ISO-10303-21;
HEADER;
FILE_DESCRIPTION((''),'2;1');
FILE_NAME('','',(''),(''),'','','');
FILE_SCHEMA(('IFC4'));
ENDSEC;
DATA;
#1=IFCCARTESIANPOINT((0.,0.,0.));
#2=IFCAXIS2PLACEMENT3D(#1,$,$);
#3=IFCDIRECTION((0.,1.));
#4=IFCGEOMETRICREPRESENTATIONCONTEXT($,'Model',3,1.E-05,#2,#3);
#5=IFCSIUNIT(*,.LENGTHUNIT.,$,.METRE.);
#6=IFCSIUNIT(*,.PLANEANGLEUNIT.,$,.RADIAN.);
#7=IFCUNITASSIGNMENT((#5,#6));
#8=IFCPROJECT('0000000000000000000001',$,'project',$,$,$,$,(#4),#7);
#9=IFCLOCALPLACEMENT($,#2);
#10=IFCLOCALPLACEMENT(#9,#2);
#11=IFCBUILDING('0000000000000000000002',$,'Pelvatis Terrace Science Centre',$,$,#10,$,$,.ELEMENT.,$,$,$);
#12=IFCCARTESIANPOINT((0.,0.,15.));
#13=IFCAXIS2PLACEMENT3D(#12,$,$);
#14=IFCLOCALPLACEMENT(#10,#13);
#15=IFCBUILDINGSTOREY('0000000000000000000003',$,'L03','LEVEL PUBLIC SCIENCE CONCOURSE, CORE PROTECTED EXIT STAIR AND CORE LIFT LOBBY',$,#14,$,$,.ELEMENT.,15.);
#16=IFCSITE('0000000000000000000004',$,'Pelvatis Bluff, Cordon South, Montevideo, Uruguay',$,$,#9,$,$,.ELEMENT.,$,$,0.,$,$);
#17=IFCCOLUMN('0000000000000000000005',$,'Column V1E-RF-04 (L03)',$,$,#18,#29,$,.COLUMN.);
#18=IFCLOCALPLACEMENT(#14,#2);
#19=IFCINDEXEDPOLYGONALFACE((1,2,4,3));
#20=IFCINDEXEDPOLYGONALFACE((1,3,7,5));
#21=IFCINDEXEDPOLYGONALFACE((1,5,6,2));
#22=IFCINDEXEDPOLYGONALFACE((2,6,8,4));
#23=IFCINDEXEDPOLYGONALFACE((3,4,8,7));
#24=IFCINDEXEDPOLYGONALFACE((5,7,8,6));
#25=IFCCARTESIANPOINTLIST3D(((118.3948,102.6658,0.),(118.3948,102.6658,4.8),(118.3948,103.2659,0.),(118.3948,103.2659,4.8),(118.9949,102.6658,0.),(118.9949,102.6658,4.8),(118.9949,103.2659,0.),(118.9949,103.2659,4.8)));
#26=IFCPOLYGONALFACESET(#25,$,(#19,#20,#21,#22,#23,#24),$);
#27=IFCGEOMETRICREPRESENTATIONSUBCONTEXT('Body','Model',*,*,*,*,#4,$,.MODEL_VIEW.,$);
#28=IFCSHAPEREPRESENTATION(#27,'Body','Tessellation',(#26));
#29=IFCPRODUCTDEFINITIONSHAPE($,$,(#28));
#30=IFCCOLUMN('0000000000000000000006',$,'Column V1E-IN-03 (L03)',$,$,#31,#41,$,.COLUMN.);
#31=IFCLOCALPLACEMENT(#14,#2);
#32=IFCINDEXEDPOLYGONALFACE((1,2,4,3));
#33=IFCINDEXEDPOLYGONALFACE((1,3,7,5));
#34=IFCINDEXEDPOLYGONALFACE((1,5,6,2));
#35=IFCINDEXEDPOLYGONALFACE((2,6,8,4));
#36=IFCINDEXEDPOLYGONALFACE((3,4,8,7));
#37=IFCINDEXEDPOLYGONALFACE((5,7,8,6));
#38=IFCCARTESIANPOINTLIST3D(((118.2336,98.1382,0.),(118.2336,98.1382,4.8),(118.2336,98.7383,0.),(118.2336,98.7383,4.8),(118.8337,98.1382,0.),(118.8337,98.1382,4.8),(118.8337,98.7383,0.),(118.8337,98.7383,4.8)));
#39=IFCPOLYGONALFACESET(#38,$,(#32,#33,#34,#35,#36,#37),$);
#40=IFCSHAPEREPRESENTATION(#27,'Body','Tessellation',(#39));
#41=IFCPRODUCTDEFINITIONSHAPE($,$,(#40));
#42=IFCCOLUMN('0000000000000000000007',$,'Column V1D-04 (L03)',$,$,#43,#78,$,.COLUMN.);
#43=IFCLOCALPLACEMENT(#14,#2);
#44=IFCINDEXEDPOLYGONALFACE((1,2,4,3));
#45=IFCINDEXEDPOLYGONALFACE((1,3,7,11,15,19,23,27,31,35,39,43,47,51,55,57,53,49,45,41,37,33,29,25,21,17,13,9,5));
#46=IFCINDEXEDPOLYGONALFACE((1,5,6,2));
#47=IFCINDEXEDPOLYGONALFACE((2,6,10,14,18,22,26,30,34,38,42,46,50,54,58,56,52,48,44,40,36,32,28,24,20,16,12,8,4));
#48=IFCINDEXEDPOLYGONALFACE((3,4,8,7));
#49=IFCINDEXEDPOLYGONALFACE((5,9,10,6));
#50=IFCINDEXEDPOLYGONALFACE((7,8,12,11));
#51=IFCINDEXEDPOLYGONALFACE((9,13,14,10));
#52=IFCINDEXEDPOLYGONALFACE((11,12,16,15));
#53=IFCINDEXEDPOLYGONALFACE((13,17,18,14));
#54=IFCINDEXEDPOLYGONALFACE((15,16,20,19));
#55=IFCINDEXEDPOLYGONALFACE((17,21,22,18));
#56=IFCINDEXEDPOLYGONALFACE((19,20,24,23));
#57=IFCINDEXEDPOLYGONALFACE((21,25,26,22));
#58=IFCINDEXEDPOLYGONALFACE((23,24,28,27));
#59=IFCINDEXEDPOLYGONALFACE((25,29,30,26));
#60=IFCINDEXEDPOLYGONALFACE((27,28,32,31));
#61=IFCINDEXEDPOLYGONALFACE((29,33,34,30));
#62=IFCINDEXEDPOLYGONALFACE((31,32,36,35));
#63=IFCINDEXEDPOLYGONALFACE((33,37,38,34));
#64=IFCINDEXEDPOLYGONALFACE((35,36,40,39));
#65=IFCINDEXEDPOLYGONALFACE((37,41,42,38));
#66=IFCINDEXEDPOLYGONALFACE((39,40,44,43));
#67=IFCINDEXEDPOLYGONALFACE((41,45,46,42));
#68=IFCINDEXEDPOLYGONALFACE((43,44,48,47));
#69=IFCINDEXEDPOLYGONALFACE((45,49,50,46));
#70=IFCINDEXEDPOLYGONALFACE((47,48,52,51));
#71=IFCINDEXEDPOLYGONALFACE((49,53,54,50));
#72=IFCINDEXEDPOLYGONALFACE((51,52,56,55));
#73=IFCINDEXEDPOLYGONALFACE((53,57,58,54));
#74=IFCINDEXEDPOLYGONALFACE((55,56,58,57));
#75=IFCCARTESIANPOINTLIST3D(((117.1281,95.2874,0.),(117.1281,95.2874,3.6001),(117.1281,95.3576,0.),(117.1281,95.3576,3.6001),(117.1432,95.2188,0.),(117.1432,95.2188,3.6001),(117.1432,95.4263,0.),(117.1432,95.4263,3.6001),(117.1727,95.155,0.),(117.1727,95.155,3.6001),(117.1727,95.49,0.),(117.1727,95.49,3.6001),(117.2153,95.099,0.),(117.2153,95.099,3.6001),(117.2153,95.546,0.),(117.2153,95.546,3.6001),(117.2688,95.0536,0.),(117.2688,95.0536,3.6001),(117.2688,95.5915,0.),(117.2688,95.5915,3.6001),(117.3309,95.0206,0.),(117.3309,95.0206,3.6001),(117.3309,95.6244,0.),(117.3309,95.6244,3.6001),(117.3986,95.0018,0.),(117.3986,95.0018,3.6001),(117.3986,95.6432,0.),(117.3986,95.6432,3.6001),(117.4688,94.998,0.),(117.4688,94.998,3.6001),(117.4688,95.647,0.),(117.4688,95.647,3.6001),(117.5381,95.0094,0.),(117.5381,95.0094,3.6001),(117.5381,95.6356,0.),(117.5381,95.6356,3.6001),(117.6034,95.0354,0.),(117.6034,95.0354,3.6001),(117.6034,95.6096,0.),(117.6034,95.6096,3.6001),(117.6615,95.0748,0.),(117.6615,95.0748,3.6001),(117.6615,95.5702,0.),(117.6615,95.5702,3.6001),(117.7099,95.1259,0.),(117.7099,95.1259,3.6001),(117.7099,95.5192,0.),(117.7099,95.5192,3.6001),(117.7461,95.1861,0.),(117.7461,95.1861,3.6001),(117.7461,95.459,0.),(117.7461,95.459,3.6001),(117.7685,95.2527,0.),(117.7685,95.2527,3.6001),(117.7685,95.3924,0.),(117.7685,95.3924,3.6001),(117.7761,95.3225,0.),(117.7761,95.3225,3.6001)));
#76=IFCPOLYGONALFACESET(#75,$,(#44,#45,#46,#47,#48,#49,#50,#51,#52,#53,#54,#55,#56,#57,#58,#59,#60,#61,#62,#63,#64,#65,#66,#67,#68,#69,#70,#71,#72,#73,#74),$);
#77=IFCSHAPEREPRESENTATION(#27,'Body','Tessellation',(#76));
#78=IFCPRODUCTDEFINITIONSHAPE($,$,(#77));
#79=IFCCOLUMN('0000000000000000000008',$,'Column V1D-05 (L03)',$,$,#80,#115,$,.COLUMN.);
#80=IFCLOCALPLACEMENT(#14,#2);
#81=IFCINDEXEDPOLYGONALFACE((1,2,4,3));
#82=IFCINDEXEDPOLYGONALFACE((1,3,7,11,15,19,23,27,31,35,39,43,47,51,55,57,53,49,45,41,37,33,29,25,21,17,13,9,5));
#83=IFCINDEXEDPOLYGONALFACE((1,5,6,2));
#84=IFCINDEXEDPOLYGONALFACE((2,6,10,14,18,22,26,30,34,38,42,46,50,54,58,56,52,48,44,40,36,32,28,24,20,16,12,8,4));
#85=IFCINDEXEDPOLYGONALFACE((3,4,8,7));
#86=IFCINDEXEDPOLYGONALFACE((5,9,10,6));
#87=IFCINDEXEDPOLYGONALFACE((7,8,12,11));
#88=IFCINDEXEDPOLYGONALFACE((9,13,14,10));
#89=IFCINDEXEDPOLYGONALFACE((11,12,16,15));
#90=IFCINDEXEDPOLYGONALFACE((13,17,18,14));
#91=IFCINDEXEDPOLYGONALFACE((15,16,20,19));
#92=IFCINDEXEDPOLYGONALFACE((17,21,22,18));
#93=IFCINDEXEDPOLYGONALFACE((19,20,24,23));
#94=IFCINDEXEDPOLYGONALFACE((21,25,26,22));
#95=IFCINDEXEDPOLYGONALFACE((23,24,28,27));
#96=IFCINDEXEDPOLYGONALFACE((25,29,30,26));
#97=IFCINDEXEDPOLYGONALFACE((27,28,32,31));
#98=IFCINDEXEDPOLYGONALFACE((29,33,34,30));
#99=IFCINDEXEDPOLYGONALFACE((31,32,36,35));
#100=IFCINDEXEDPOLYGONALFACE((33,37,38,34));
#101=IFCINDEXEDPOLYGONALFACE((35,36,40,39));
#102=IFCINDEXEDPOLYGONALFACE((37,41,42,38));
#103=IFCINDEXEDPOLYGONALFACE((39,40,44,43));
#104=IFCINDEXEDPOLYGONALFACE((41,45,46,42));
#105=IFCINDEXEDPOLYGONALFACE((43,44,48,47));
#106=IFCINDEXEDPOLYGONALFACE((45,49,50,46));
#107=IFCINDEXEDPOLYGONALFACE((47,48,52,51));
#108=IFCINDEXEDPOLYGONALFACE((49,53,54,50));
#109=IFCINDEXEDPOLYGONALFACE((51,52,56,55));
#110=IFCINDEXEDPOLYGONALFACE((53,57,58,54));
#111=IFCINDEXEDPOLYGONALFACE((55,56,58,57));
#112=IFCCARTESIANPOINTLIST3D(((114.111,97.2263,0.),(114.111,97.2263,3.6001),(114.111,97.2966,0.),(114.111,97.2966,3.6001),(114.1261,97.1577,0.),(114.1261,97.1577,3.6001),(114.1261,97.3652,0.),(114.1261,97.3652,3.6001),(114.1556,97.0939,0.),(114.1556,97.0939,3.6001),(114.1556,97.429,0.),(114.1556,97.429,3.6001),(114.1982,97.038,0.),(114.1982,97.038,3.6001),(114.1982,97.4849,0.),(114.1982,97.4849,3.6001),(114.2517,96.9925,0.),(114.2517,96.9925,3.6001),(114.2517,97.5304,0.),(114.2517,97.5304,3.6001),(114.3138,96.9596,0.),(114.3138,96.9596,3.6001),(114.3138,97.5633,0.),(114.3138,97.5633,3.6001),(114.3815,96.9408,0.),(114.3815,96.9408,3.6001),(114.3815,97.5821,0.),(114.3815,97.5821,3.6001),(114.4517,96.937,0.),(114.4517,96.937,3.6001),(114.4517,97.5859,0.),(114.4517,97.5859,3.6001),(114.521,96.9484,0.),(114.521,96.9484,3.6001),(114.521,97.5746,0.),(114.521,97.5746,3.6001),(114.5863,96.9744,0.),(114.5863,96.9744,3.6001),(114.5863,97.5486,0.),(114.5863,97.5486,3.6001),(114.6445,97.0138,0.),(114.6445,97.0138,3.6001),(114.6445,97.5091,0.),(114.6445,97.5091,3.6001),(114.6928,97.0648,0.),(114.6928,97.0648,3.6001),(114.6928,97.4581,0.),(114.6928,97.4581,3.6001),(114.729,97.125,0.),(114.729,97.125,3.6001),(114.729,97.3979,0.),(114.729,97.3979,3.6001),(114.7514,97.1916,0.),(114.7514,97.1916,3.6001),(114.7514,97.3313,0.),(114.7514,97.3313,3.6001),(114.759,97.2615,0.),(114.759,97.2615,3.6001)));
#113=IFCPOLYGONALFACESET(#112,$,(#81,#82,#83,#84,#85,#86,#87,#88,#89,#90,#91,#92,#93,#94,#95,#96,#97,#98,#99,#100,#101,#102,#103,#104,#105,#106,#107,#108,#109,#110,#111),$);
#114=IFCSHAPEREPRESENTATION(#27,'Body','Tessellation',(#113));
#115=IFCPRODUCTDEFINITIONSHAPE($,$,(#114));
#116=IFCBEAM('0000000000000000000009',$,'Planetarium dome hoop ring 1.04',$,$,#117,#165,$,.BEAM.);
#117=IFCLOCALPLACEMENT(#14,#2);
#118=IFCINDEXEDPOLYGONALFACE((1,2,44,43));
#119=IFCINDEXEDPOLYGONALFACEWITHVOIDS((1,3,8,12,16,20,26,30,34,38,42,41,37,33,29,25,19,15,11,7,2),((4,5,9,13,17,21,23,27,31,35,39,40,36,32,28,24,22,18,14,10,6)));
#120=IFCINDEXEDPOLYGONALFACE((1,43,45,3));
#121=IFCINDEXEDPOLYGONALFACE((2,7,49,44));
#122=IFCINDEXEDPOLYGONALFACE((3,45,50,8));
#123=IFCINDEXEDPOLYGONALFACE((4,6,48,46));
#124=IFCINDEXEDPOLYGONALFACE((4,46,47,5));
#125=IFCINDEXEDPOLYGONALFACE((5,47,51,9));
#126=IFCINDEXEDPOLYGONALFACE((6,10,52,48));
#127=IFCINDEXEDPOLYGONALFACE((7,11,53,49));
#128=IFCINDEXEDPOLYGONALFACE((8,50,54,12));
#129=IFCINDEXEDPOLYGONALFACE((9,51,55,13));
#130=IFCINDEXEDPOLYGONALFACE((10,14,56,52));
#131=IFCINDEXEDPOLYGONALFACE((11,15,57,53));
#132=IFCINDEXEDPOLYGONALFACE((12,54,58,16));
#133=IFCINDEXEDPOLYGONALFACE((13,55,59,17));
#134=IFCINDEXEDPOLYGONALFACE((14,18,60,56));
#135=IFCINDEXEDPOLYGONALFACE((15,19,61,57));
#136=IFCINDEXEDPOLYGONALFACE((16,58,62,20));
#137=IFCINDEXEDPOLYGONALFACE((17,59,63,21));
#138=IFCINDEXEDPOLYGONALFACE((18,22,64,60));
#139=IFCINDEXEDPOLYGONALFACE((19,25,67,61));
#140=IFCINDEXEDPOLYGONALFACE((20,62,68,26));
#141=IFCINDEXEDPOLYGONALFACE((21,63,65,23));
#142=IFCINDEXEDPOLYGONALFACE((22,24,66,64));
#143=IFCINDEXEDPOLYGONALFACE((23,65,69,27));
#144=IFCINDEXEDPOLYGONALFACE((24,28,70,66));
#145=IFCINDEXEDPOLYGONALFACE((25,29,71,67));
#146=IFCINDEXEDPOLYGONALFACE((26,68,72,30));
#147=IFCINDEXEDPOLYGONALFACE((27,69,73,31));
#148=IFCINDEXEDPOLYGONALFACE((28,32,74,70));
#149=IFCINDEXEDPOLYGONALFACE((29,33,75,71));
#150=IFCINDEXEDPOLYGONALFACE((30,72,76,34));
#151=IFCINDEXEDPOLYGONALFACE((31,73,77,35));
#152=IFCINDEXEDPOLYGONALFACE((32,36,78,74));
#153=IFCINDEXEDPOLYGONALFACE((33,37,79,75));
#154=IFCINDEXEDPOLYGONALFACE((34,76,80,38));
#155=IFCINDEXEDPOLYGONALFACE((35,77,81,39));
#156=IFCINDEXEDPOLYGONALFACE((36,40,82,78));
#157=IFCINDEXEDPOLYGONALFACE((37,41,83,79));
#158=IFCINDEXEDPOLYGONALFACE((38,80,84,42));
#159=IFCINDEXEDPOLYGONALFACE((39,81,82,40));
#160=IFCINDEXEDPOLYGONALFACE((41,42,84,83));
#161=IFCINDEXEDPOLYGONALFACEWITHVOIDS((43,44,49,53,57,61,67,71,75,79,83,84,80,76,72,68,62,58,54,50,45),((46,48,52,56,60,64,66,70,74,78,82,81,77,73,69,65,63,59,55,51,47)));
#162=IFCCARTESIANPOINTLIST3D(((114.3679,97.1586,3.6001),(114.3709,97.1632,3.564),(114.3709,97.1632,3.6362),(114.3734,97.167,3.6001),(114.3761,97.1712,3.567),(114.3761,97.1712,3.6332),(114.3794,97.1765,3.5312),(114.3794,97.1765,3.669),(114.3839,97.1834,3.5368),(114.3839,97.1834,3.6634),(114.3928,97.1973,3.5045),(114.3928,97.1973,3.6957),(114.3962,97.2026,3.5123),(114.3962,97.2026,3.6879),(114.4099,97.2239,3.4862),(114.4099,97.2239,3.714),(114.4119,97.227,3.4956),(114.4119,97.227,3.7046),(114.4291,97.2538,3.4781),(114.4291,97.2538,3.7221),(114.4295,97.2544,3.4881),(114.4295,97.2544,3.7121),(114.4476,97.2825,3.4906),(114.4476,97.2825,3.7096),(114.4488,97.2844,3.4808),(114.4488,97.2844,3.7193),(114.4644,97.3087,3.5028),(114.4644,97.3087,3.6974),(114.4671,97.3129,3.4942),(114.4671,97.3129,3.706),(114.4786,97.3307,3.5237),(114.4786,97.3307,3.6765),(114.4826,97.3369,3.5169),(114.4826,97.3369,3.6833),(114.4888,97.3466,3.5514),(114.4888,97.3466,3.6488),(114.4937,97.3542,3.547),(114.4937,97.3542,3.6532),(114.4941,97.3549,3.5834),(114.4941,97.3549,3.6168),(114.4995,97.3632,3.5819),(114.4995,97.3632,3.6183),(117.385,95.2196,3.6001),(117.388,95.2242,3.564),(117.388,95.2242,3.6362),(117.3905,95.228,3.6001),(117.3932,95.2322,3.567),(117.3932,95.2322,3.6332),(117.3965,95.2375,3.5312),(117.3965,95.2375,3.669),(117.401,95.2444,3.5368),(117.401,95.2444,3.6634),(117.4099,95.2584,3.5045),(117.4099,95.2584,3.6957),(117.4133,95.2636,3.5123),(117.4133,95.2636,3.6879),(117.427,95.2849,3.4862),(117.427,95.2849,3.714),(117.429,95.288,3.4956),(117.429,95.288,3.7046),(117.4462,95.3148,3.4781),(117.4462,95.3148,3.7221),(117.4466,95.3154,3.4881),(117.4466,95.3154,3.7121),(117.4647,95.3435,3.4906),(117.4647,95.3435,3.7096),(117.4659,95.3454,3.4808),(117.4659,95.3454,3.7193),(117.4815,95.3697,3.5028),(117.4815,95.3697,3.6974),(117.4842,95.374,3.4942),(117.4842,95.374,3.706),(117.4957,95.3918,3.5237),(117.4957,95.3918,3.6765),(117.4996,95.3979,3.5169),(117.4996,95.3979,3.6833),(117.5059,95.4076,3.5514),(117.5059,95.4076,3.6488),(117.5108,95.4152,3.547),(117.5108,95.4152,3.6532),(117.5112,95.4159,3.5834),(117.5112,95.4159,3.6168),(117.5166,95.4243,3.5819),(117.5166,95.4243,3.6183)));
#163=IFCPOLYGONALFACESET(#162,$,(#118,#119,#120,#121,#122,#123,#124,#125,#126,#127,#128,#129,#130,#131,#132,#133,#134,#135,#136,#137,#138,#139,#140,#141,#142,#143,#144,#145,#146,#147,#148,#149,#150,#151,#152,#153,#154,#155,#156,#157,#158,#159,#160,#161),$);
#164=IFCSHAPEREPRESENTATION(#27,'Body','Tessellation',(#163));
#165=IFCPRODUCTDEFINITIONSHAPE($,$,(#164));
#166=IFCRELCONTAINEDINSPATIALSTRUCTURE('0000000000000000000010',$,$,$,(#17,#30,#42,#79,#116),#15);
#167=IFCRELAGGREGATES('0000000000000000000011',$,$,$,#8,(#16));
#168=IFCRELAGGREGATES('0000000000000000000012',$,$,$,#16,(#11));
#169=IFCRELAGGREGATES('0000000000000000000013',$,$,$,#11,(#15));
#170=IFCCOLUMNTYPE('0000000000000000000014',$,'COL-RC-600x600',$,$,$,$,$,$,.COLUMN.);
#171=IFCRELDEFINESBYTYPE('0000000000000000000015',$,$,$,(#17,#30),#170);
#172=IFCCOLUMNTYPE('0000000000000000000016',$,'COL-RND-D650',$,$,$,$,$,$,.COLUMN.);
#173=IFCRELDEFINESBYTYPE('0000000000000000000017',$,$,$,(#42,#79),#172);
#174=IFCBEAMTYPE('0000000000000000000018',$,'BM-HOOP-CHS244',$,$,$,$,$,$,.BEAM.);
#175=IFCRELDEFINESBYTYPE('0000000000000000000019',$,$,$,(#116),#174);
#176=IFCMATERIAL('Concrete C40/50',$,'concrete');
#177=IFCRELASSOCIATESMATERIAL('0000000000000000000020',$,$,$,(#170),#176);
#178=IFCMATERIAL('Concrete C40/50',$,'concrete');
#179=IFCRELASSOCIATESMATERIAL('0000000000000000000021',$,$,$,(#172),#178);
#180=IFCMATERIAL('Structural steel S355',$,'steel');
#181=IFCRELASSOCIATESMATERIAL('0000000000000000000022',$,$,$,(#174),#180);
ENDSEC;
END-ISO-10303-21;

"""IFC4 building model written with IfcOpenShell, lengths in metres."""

from ifc_helpers import new_model, si_unit, direction, frame, origin, origin_2d, place, context, subcontext, project, spatial, rectangle, circle, hollow_circle, extrude, material, material_profile, profile_set, type_object, element, save


model = new_model("IFC4")

# Units and contexts
model_context = context("Model", 3, precision=1e-05, world=origin(), true_north=direction((0.0, 1.0)))
body_context = subcontext(model_context, "Body", "Model", "MODEL_VIEW")
ifc_project = project(units=[si_unit("LENGTHUNIT", "METRE"), si_unit("PLANEANGLEUNIT", "RADIAN")], contexts=[model_context])

# Site, building, storey
site_placement = place(None, origin())
site = spatial("IfcSite", under=ifc_project, at=site_placement, Name="Pelvatis Bluff, Cordon South, Montevideo, Uruguay", CompositionType="ELEMENT", RefElevation=0.0)
building_placement = place(site_placement, origin())
building = spatial("IfcBuilding", under=site, at=building_placement, Name="Pelvatis Terrace Science Centre", CompositionType="ELEMENT")
storey_placement = place(building_placement, frame((0.0, 0.0, 15.0)))
storey = spatial("IfcBuildingStorey", under=building, at=storey_placement, Name="L03", Description="LEVEL PUBLIC SCIENCE CONCOURSE, CORE PROTECTED EXIT STAIR AND CORE LIFT LOBBY", CompositionType="ELEMENT", Elevation=15.0)

# Columns
ifc_material_1 = material(Name="Concrete C40/50", Category="concrete")
ifc_material_profile_1 = material_profile(ifc_material_1, rectangle(XDim=0.6001, YDim=0.6001, at=origin_2d()), Name="RC-COL 600x600")
ifc_profile_set_1 = profile_set([ifc_material_profile_1], Name="Concrete C40/50")
column_type_1 = type_object("IfcColumnType", Name="COL-RC-600x600", PredefinedType="COLUMN", material=ifc_profile_set_1)
for number, where, z_axis, x_axis, name in (
    (1, (118.6948, 102.9658, 0.0), (0.0, 0.0, 1.0), (1.0, 0.0, 0.0), "Column V1E-RF-04 (L03)"),
    (2, (118.5337, 98.4382, 0.0), (0.0, 0.0, 1.0), (1.0, 0.0, 0.0), "Column V1E-IN-03 (L03)"),
):
    element("IfcColumn", number, at=place(storey_placement, frame(where, z_axis=z_axis, x_axis=x_axis)), inside=storey, type_object=column_type_1, Name=name, PredefinedType="COLUMN", context=body_context, shape_type="SweptSolid", body=[
        extrude(rectangle(XDim=0.6001, YDim=0.6001, at=origin_2d()), origin(), (0.0, 0.0, 1.0), 4.8),
    ])
ifc_material_2 = material(Name="Concrete C40/50", Category="concrete")
ifc_material_profile_2 = material_profile(ifc_material_2, circle(Radius=0.325, at=origin_2d()), Name="RC-RCOL D650")
ifc_profile_set_2 = profile_set([ifc_material_profile_2], Name="Concrete C40/50")
column_type_2 = type_object("IfcColumnType", Name="COL-RND-D650", PredefinedType="COLUMN", material=ifc_profile_set_2)
for number, where, z_axis, x_axis, name in (
    (3, (117.4512, 95.3225, 0.0), (0.0, 0.0, 1.0), (1.0, 0.0, 0.0), "Column V1D-04 (L03)"),
    (4, (114.4341, 97.2615, 0.0), (0.0, 0.0, 1.0), (1.0, 0.0, 0.0), "Column V1D-05 (L03)"),
):
    element("IfcColumn", number, at=place(storey_placement, frame(where, z_axis=z_axis, x_axis=x_axis)), inside=storey, type_object=column_type_2, Name=name, PredefinedType="COLUMN", context=body_context, shape_type="SweptSolid", body=[
        extrude(circle(Radius=0.325, at=origin_2d()), origin(), (0.0, 0.0, 1.0), 3.6001),
    ])

# Beam
ifc_material_3 = material(Name="Structural steel S355", Category="steel")
ifc_material_profile_3 = material_profile(ifc_material_3, hollow_circle(Radius=0.1223, WallThickness=0.01, at=origin_2d()), Name="CHS 244.5x10.0")
ifc_profile_set_3 = profile_set([ifc_material_profile_3], Name="Structural steel S355")
beam_type_1 = type_object("IfcBeamType", Name="BM-HOOP-CHS244", PredefinedType="BEAM", material=ifc_profile_set_3)
beam_1_placement = place(storey_placement, frame((117.4512, 95.3225, 3.6001), z_axis=(-0.841254, 0.540641, 0.0), x_axis=(-0.540641, -0.841254, 0.0)))
element("IfcBeam", 5, at=beam_1_placement, inside=storey, type_object=beam_type_1, Name="Planetarium dome hoop ring 1.04", PredefinedType="BEAM", context=body_context, shape_type="SweptSolid", body=[
    extrude(hollow_circle(Radius=0.1223, WallThickness=0.01, at=origin_2d()), origin(), (0.0, 0.0, 1.0), 3.5864),
])

save(model, "model.ifc")
